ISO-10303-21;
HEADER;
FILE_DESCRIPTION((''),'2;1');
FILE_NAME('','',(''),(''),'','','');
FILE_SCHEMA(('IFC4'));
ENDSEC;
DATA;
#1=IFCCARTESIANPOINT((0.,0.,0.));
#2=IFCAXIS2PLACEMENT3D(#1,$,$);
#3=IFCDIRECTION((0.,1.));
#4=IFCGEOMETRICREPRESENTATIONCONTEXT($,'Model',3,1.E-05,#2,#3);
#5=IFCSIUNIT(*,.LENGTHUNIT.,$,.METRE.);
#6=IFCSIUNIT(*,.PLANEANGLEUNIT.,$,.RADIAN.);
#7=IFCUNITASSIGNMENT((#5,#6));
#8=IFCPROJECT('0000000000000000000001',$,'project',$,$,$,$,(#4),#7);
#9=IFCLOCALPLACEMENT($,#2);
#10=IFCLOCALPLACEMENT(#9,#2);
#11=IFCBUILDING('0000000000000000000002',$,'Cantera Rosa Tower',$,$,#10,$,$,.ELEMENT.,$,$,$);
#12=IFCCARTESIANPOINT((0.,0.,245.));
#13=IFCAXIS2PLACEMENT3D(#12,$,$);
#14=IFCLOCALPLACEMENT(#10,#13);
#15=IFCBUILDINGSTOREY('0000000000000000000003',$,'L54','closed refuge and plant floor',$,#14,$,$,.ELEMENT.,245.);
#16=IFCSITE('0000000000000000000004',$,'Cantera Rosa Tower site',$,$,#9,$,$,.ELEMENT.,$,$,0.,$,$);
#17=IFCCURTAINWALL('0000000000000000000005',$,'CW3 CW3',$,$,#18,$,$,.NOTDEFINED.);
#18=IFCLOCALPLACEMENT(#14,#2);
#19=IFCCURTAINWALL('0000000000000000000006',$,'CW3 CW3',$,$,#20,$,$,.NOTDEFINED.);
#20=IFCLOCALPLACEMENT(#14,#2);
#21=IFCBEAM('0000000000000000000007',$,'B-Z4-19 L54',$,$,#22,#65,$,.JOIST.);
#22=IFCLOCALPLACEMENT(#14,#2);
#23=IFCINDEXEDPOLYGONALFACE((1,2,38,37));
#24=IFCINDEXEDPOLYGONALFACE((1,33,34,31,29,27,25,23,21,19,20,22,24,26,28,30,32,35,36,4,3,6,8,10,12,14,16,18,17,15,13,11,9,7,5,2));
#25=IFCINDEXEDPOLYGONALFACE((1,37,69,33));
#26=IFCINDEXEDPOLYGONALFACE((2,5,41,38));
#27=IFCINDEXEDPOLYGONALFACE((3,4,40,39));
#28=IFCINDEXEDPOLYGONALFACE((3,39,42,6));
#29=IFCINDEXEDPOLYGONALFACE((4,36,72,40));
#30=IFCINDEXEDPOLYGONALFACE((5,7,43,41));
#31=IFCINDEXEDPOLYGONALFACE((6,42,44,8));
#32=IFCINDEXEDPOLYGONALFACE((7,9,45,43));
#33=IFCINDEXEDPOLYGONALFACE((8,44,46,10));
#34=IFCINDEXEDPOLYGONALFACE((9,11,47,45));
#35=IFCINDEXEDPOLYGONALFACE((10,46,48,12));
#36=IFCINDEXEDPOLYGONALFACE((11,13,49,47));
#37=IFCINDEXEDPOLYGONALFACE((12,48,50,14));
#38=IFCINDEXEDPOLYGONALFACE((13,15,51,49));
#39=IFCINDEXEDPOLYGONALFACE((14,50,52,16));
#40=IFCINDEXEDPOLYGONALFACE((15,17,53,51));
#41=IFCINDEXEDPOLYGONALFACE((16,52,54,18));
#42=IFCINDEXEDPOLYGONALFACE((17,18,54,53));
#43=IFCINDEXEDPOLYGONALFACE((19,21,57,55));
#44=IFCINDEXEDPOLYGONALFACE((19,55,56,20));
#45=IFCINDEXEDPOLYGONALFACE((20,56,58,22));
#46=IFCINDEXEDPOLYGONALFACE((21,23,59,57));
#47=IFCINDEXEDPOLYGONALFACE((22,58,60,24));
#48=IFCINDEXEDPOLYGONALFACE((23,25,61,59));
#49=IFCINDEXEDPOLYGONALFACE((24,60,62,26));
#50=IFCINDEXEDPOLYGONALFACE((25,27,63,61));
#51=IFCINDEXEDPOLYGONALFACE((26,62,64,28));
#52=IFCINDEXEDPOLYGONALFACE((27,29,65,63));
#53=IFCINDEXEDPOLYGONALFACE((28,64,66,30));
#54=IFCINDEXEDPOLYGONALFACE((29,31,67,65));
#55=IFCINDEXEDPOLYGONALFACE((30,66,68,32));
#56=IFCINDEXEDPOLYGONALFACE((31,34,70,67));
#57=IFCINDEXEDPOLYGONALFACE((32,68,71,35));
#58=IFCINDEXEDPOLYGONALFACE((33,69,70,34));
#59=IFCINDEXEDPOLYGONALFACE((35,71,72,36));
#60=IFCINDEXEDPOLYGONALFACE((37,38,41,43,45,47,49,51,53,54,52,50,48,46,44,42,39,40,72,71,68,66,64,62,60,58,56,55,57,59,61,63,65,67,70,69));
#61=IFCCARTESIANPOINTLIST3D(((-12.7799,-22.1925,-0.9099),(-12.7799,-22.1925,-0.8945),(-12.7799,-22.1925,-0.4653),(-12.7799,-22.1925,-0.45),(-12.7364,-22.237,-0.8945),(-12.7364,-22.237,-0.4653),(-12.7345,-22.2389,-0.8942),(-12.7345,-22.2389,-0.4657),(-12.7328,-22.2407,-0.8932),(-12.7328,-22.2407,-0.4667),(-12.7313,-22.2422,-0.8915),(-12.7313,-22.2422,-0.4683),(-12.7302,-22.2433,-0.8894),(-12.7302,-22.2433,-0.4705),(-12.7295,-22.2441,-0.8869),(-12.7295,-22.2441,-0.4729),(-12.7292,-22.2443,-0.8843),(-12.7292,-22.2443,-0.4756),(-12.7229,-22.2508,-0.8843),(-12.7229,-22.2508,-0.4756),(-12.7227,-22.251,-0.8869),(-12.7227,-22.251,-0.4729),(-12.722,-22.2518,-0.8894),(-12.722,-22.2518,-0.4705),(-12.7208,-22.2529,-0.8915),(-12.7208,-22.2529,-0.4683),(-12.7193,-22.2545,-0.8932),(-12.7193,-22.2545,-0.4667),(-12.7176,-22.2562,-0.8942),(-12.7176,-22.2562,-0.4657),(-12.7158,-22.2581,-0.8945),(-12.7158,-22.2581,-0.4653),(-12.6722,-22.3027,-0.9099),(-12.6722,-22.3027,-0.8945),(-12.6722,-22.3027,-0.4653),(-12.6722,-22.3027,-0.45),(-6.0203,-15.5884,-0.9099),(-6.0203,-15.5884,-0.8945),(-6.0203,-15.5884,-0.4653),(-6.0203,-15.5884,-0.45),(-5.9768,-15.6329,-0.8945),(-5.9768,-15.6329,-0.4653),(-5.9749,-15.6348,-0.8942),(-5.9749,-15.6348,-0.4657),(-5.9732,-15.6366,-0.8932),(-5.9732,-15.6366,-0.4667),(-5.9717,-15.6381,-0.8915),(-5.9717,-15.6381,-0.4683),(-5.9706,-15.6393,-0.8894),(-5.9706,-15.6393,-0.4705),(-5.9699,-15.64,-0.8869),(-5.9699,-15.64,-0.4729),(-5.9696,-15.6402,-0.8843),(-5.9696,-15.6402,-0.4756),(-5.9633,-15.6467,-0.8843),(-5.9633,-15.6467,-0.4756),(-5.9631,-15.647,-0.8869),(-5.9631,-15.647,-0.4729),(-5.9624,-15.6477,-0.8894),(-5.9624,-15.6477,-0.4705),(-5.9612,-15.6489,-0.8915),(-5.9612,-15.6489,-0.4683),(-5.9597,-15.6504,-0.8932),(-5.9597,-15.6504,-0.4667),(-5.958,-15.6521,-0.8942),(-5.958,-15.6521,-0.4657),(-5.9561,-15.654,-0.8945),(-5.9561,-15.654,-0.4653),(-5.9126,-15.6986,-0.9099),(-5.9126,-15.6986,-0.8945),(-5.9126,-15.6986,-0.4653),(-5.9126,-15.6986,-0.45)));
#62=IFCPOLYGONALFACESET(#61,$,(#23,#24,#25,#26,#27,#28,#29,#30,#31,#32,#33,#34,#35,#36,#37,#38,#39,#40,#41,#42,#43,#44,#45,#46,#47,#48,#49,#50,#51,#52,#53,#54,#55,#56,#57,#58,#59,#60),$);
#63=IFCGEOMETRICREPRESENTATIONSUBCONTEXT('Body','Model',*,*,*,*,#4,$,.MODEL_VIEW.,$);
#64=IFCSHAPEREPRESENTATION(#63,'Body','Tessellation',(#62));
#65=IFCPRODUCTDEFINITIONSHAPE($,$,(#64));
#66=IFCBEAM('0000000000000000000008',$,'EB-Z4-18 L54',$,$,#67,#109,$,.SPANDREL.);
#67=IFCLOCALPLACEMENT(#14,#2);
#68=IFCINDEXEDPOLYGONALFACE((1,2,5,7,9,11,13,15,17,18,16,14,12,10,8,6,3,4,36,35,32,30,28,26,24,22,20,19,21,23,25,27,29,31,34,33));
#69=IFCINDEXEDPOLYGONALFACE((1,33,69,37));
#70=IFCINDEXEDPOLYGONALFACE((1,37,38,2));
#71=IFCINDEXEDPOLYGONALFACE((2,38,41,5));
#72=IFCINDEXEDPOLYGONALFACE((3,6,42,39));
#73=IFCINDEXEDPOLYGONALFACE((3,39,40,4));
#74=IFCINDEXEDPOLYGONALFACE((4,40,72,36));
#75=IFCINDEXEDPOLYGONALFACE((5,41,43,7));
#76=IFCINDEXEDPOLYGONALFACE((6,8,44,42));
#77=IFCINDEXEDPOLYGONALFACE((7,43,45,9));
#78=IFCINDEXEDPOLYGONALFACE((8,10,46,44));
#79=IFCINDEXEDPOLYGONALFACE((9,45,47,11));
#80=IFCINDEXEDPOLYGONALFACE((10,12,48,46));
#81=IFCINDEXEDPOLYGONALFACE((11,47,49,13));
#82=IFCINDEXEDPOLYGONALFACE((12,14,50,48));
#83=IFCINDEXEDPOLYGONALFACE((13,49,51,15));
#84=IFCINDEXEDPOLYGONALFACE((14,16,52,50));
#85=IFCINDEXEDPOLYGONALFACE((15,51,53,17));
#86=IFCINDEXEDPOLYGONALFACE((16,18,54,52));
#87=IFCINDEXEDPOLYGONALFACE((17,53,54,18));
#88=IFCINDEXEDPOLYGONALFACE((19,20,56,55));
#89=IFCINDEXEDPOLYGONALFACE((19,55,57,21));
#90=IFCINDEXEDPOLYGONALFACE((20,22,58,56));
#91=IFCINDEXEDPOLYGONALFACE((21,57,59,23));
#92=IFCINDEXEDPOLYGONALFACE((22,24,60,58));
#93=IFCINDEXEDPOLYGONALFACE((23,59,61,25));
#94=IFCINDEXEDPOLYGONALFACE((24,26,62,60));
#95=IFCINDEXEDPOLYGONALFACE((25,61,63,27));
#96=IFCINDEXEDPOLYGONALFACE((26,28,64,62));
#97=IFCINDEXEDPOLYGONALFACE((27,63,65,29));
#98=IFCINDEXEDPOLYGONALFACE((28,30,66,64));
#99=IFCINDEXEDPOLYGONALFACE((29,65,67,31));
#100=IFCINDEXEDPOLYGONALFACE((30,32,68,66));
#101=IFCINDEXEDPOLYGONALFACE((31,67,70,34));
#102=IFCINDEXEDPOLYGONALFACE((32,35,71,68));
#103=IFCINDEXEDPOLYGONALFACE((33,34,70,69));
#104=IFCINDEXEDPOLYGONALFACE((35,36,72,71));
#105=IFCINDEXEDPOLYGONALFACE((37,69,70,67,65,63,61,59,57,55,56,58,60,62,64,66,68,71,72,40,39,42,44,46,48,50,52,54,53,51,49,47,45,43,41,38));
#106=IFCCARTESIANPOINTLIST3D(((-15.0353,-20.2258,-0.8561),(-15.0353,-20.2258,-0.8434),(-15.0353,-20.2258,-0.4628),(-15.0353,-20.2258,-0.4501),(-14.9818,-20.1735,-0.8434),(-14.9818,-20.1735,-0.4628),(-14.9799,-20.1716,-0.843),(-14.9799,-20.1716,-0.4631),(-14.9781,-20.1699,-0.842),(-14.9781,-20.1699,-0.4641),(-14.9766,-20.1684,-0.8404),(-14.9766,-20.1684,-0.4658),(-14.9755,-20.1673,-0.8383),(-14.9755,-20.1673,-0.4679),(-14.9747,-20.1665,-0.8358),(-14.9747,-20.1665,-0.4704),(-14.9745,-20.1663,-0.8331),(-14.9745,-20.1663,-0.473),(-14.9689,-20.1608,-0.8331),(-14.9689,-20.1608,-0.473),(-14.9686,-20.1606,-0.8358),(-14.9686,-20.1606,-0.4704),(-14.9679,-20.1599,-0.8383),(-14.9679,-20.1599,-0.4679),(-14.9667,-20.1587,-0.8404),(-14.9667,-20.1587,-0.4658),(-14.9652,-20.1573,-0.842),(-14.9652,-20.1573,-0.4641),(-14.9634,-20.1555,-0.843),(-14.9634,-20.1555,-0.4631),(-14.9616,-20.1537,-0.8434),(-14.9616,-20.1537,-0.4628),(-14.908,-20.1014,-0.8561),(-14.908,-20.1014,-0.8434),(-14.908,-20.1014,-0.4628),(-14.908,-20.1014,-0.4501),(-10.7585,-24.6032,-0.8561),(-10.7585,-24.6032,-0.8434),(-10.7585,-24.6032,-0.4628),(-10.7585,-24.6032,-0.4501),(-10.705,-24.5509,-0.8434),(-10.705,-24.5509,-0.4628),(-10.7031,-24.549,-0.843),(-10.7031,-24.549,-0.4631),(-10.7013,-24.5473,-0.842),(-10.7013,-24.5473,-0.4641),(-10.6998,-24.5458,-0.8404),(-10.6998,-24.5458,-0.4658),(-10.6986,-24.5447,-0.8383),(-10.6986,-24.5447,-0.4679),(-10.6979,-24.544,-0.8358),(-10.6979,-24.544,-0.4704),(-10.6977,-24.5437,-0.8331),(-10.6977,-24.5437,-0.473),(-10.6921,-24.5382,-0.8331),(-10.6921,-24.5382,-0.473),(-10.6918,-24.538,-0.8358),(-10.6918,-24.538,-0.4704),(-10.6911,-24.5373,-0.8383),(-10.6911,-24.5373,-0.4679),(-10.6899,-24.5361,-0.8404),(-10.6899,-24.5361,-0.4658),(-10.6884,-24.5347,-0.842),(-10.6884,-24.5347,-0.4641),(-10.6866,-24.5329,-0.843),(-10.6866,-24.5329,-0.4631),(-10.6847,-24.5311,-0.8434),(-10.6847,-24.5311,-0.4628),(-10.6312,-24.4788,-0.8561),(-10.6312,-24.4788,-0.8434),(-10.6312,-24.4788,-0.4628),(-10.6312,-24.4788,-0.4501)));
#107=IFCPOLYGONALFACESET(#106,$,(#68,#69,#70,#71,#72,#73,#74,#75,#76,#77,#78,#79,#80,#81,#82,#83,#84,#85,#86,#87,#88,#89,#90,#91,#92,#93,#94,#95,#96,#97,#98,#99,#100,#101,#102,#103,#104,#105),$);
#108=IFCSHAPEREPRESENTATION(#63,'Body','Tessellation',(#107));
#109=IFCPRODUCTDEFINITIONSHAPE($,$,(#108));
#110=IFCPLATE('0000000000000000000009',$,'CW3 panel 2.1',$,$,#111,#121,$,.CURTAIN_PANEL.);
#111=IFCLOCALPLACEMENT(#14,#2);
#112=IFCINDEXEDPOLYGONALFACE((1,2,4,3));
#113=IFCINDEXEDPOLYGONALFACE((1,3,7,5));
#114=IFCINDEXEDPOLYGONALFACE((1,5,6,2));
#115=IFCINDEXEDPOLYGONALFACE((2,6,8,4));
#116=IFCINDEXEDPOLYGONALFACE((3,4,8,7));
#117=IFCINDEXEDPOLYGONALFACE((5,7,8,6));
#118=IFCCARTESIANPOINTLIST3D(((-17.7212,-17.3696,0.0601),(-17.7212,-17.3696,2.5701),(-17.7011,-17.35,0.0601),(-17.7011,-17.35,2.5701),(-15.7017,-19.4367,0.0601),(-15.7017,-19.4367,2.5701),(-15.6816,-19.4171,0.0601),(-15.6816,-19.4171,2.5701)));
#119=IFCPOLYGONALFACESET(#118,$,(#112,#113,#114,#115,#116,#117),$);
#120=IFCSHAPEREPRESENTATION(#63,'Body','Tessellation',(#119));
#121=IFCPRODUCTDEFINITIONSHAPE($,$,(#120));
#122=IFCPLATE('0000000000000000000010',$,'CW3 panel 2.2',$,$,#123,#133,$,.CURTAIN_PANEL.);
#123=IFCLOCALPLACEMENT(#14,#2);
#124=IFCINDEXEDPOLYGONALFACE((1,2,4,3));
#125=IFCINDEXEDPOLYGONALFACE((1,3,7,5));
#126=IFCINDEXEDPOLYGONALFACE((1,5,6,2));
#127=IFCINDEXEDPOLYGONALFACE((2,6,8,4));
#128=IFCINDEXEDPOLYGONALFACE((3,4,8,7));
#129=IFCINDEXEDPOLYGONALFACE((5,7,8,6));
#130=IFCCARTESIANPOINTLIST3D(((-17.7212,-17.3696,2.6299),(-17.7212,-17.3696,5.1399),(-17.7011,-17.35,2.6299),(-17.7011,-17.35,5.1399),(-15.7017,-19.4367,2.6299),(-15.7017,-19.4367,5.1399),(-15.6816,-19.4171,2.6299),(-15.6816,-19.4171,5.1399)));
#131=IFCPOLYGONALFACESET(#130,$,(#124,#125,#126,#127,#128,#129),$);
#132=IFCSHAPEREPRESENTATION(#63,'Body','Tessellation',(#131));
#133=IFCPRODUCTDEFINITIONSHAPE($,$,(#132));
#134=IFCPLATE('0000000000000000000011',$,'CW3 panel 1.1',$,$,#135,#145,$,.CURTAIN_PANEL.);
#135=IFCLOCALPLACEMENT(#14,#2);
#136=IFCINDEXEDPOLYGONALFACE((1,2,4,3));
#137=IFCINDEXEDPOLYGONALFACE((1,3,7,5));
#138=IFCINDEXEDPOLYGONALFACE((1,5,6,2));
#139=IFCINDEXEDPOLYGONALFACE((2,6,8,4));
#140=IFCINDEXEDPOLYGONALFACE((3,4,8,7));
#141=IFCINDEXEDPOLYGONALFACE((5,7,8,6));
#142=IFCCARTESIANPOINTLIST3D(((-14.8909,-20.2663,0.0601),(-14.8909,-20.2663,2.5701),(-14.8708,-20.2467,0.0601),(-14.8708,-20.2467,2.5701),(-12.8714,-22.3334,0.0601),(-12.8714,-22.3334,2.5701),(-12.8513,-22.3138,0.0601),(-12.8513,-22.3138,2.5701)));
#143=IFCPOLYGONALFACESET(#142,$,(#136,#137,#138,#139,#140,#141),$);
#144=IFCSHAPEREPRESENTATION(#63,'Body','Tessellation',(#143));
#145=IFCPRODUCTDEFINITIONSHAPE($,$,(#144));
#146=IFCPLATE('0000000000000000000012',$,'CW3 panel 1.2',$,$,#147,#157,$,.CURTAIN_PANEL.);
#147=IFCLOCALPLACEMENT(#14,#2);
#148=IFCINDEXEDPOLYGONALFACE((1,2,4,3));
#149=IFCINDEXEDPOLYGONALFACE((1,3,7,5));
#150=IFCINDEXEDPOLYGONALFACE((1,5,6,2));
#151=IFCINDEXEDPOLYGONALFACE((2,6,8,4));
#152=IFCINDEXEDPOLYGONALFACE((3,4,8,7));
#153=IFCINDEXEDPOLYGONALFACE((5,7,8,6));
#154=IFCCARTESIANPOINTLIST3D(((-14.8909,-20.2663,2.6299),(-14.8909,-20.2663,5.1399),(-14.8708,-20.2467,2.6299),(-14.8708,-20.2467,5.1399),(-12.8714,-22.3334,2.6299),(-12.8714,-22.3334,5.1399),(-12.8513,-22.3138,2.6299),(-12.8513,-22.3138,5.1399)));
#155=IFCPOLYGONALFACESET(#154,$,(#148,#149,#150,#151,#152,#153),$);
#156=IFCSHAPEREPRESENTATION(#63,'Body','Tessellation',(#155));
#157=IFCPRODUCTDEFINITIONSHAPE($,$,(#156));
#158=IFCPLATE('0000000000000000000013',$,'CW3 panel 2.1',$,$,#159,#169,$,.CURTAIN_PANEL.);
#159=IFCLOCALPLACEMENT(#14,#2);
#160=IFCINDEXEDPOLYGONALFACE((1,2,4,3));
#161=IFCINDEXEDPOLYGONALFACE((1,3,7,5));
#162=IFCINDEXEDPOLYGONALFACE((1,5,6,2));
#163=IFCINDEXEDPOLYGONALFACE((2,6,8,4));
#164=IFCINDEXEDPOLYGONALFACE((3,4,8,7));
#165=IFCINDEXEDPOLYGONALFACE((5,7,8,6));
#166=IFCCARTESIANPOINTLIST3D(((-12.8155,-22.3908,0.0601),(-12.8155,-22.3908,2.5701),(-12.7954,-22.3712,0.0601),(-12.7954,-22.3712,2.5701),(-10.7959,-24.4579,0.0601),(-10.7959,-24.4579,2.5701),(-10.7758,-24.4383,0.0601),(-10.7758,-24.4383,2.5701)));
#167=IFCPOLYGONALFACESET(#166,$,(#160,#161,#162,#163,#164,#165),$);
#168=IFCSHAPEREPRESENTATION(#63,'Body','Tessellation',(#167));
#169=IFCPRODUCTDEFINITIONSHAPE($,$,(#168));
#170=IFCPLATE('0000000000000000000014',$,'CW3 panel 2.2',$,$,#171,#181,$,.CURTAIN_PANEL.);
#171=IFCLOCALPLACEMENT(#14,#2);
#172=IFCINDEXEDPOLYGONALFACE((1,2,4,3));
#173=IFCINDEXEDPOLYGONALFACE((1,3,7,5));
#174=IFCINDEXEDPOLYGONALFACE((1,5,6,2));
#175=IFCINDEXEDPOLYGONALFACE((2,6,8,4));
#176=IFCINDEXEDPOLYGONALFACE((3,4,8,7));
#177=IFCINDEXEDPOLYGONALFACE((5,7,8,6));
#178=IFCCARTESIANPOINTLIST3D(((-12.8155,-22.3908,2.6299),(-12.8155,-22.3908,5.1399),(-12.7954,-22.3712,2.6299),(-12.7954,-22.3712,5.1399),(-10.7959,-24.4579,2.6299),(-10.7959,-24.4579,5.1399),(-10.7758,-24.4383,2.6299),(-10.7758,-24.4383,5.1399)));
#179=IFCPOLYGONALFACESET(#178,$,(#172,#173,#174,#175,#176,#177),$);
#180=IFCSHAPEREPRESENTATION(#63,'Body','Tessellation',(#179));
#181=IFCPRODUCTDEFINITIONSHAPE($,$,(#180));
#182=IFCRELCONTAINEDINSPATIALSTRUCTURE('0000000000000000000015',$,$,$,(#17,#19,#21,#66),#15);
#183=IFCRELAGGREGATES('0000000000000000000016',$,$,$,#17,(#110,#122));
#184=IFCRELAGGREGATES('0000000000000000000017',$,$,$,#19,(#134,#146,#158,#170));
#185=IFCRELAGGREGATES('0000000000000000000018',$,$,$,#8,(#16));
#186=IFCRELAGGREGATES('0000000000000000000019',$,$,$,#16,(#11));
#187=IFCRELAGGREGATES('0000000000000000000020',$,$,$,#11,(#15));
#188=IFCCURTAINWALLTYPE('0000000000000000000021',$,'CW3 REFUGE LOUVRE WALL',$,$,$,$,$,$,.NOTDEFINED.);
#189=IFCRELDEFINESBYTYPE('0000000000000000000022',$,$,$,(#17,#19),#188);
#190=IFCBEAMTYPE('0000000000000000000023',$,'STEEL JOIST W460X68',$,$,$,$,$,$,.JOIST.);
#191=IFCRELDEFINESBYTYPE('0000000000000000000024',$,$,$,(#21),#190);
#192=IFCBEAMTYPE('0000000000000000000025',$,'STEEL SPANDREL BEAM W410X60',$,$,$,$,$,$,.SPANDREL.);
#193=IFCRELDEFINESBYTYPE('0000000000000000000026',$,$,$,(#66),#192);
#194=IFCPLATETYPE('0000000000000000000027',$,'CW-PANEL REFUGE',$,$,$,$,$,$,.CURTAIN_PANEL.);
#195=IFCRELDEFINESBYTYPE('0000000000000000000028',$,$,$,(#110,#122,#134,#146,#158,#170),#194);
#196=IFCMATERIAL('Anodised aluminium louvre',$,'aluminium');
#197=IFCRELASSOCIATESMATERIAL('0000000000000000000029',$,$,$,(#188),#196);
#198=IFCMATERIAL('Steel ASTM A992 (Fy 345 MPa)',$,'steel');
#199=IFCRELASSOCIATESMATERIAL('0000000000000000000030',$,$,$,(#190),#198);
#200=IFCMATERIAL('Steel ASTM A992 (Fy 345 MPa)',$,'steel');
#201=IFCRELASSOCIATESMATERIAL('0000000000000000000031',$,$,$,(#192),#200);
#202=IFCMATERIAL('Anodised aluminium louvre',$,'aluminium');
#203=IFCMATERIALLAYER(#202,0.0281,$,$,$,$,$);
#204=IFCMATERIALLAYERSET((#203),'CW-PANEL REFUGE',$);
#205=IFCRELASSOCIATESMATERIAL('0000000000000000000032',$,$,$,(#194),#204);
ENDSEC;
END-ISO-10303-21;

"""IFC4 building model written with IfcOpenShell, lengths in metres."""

from ifc_helpers import new_model, si_unit, direction, frame, origin, origin_2d, place, context, subcontext, project, spatial, rectangle, i_section, extrude, material, layer, layer_set, material_profile, profile_set, type_object, element, aggregate, save


model = new_model("IFC4")

# Units and contexts
model_context = context("Model", 3, precision=1e-05, world=origin(), true_north=direction((0.0, 1.0)))
body_context = subcontext(model_context, "Body", "Model", "MODEL_VIEW")
ifc_project = project(units=[si_unit("LENGTHUNIT", "METRE"), si_unit("PLANEANGLEUNIT", "RADIAN")], contexts=[model_context])

# Site, building, storey
site_placement = place(None, origin())
site = spatial("IfcSite", under=ifc_project, at=site_placement, Name="Cantera Rosa Tower site", CompositionType="ELEMENT", RefElevation=0.0)
building_placement = place(site_placement, origin())
building = spatial("IfcBuilding", under=site, at=building_placement, Name="Cantera Rosa Tower", CompositionType="ELEMENT")
storey_placement = place(building_placement, frame((0.0, 0.0, 245.0)))
storey = spatial("IfcBuildingStorey", under=building, at=storey_placement, Name="L54", Description="closed refuge and plant floor", CompositionType="ELEMENT", Elevation=245.0)

# Curtain wall
ifc_material_1 = material(Name="Anodised aluminium louvre", Category="aluminium")
curtain_wall_type = type_object("IfcCurtainWallType", Name="CW3 REFUGE LOUVRE WALL", PredefinedType="NOTDEFINED", material=ifc_material_1)
curtain_wall_1_placement = place(storey_placement, origin())
curtain_wall_1 = element("IfcCurtainWall", 1, at=curtain_wall_1_placement, inside=storey, type_object=curtain_wall_type, Name="CW3 CW3", PredefinedType="NOTDEFINED")

# Curtain wall
curtain_wall_2_placement = place(storey_placement, origin())
curtain_wall_2 = element("IfcCurtainWall", 2, at=curtain_wall_2_placement, inside=storey, type_object=curtain_wall_type, Name="CW3 CW3", PredefinedType="NOTDEFINED")

# Beams
ifc_material_2 = material(Name="Steel ASTM A992 (Fy 345 MPa)", Category="steel")
ifc_material_profile_1 = material_profile(ifc_material_2, i_section(OverallWidth=0.1541, OverallDepth=0.46, WebThickness=0.009, FlangeThickness=0.0154, FilletRadius=0.0103, at=origin_2d()), Name="W460X68")
ifc_profile_set_1 = profile_set([ifc_material_profile_1], Name="Steel ASTM A992 (Fy 345 MPa)")
beam_type_1 = type_object("IfcBeamType", Name="STEEL JOIST W460X68", PredefinedType="JOIST", material=ifc_profile_set_1)
beam_1_placement = place(storey_placement, frame((-12.7261, -22.2476, -0.6799), z_axis=(0.715287, 0.698831, 0.0), x_axis=(-0.698831, 0.715287, 0.0)))
element("IfcBeam", 3, at=beam_1_placement, inside=storey, type_object=beam_type_1, Name="B-Z4-19 L54", PredefinedType="JOIST", context=body_context, shape_type="SweptSolid", body=[
    extrude(i_section(OverallWidth=0.1541, OverallDepth=0.46, WebThickness=0.009, FlangeThickness=0.0154, FilletRadius=0.0103, at=origin_2d()), origin(), (0.0, 0.0, 1.0), 9.4502),
])
ifc_material_3 = material(Name="Steel ASTM A992 (Fy 345 MPa)", Category="steel")
ifc_material_profile_2 = material_profile(ifc_material_3, i_section(OverallWidth=0.178, OverallDepth=0.406, WebThickness=0.0078, FlangeThickness=0.0127, FilletRadius=0.0103, at=origin_2d()), Name="W410X60")
ifc_profile_set_2 = profile_set([ifc_material_profile_2], Name="Steel ASTM A992 (Fy 345 MPa)")
beam_type_2 = type_object("IfcBeamType", Name="STEEL SPANDREL BEAM W410X60", PredefinedType="SPANDREL", material=ifc_profile_set_2)
beam_2_placement = place(storey_placement, frame((-14.9717, -20.1636, -0.6531), z_axis=(0.698841, -0.715277, 0.0), x_axis=(0.715277, 0.698841, 0.0)))
element("IfcBeam", 4, at=beam_2_placement, inside=storey, type_object=beam_type_2, Name="EB-Z4-18 L54", PredefinedType="SPANDREL", context=body_context, shape_type="SweptSolid", body=[
    extrude(i_section(OverallWidth=0.178, OverallDepth=0.406, WebThickness=0.0078, FlangeThickness=0.0127, FilletRadius=0.0103, at=origin_2d()), origin(), (0.0, 0.0, 1.0), 6.1199),
])

# Plates
ifc_material_4 = material(Name="Anodised aluminium louvre", Category="aluminium")
ifc_layer = layer(ifc_material_4, 0.0281)
ifc_layer_set = layer_set([ifc_layer], Name="CW-PANEL REFUGE")
plate_type = type_object("IfcPlateType", Name="CW-PANEL REFUGE", PredefinedType="CURTAIN_PANEL", material=ifc_layer_set)
plate_1_placement = place(storey_placement, frame((-16.7014, -18.3933, 0.0601), z_axis=(0.0, 0.0, 1.0), x_axis=(0.698832, -0.715286, 0.0)))
plate_1 = element("IfcPlate", 5, at=plate_1_placement, type_object=plate_type, Name="CW3 panel 2.1", PredefinedType="CURTAIN_PANEL", context=body_context, shape_type="SweptSolid", body=[
    extrude(rectangle(XDim=2.8899, YDim=0.0281, at=origin_2d()), origin(), (0.0, 0.0, 1.0), 2.51),
])
plate_2_placement = place(storey_placement, frame((-16.7014, -18.3933, 2.6299), z_axis=(0.0, 0.0, 1.0), x_axis=(0.698832, -0.715286, 0.0)))
plate_2 = element("IfcPlate", 6, at=plate_2_placement, type_object=plate_type, Name="CW3 panel 2.2", PredefinedType="CURTAIN_PANEL", context=body_context, shape_type="SweptSolid", body=[
    extrude(rectangle(XDim=2.8899, YDim=0.0281, at=origin_2d()), origin(), (0.0, 0.0, 1.0), 2.51),
])
aggregate(curtain_wall_1, [plate_1, plate_2])
plate_3_placement = place(storey_placement, frame((-13.8711, -21.29, 0.0601), z_axis=(0.0, 0.0, 1.0), x_axis=(0.698832, -0.715286, 0.0)))
plate_3 = element("IfcPlate", 7, at=plate_3_placement, type_object=plate_type, Name="CW3 panel 1.1", PredefinedType="CURTAIN_PANEL", context=body_context, shape_type="SweptSolid", body=[
    extrude(rectangle(XDim=2.8899, YDim=0.0281, at=origin_2d()), origin(), (0.0, 0.0, 1.0), 2.51),
])
plate_4_placement = place(storey_placement, frame((-13.8711, -21.29, 2.6299), z_axis=(0.0, 0.0, 1.0), x_axis=(0.698832, -0.715286, 0.0)))
plate_4 = element("IfcPlate", 8, at=plate_4_placement, type_object=plate_type, Name="CW3 panel 1.2", PredefinedType="CURTAIN_PANEL", context=body_context, shape_type="SweptSolid", body=[
    extrude(rectangle(XDim=2.8899, YDim=0.0281, at=origin_2d()), origin(), (0.0, 0.0, 1.0), 2.51),
])
plate_5_placement = place(storey_placement, frame((-11.7957, -23.4146, 0.0601), z_axis=(0.0, 0.0, 1.0), x_axis=(0.698832, -0.715286, 0.0)))
plate_5 = element("IfcPlate", 9, at=plate_5_placement, type_object=plate_type, Name="CW3 panel 2.1", PredefinedType="CURTAIN_PANEL", context=body_context, shape_type="SweptSolid", body=[
    extrude(rectangle(XDim=2.8899, YDim=0.0281, at=origin_2d()), origin(), (0.0, 0.0, 1.0), 2.51),
])
plate_6_placement = place(storey_placement, frame((-11.7957, -23.4146, 2.6299), z_axis=(0.0, 0.0, 1.0), x_axis=(0.698832, -0.715286, 0.0)))
plate_6 = element("IfcPlate", 10, at=plate_6_placement, type_object=plate_type, Name="CW3 panel 2.2", PredefinedType="CURTAIN_PANEL", context=body_context, shape_type="SweptSolid", body=[
    extrude(rectangle(XDim=2.8899, YDim=0.0281, at=origin_2d()), origin(), (0.0, 0.0, 1.0), 2.51),
])
aggregate(curtain_wall_2, [plate_3, plate_4, plate_5, plate_6])

save(model, "model.ifc")
